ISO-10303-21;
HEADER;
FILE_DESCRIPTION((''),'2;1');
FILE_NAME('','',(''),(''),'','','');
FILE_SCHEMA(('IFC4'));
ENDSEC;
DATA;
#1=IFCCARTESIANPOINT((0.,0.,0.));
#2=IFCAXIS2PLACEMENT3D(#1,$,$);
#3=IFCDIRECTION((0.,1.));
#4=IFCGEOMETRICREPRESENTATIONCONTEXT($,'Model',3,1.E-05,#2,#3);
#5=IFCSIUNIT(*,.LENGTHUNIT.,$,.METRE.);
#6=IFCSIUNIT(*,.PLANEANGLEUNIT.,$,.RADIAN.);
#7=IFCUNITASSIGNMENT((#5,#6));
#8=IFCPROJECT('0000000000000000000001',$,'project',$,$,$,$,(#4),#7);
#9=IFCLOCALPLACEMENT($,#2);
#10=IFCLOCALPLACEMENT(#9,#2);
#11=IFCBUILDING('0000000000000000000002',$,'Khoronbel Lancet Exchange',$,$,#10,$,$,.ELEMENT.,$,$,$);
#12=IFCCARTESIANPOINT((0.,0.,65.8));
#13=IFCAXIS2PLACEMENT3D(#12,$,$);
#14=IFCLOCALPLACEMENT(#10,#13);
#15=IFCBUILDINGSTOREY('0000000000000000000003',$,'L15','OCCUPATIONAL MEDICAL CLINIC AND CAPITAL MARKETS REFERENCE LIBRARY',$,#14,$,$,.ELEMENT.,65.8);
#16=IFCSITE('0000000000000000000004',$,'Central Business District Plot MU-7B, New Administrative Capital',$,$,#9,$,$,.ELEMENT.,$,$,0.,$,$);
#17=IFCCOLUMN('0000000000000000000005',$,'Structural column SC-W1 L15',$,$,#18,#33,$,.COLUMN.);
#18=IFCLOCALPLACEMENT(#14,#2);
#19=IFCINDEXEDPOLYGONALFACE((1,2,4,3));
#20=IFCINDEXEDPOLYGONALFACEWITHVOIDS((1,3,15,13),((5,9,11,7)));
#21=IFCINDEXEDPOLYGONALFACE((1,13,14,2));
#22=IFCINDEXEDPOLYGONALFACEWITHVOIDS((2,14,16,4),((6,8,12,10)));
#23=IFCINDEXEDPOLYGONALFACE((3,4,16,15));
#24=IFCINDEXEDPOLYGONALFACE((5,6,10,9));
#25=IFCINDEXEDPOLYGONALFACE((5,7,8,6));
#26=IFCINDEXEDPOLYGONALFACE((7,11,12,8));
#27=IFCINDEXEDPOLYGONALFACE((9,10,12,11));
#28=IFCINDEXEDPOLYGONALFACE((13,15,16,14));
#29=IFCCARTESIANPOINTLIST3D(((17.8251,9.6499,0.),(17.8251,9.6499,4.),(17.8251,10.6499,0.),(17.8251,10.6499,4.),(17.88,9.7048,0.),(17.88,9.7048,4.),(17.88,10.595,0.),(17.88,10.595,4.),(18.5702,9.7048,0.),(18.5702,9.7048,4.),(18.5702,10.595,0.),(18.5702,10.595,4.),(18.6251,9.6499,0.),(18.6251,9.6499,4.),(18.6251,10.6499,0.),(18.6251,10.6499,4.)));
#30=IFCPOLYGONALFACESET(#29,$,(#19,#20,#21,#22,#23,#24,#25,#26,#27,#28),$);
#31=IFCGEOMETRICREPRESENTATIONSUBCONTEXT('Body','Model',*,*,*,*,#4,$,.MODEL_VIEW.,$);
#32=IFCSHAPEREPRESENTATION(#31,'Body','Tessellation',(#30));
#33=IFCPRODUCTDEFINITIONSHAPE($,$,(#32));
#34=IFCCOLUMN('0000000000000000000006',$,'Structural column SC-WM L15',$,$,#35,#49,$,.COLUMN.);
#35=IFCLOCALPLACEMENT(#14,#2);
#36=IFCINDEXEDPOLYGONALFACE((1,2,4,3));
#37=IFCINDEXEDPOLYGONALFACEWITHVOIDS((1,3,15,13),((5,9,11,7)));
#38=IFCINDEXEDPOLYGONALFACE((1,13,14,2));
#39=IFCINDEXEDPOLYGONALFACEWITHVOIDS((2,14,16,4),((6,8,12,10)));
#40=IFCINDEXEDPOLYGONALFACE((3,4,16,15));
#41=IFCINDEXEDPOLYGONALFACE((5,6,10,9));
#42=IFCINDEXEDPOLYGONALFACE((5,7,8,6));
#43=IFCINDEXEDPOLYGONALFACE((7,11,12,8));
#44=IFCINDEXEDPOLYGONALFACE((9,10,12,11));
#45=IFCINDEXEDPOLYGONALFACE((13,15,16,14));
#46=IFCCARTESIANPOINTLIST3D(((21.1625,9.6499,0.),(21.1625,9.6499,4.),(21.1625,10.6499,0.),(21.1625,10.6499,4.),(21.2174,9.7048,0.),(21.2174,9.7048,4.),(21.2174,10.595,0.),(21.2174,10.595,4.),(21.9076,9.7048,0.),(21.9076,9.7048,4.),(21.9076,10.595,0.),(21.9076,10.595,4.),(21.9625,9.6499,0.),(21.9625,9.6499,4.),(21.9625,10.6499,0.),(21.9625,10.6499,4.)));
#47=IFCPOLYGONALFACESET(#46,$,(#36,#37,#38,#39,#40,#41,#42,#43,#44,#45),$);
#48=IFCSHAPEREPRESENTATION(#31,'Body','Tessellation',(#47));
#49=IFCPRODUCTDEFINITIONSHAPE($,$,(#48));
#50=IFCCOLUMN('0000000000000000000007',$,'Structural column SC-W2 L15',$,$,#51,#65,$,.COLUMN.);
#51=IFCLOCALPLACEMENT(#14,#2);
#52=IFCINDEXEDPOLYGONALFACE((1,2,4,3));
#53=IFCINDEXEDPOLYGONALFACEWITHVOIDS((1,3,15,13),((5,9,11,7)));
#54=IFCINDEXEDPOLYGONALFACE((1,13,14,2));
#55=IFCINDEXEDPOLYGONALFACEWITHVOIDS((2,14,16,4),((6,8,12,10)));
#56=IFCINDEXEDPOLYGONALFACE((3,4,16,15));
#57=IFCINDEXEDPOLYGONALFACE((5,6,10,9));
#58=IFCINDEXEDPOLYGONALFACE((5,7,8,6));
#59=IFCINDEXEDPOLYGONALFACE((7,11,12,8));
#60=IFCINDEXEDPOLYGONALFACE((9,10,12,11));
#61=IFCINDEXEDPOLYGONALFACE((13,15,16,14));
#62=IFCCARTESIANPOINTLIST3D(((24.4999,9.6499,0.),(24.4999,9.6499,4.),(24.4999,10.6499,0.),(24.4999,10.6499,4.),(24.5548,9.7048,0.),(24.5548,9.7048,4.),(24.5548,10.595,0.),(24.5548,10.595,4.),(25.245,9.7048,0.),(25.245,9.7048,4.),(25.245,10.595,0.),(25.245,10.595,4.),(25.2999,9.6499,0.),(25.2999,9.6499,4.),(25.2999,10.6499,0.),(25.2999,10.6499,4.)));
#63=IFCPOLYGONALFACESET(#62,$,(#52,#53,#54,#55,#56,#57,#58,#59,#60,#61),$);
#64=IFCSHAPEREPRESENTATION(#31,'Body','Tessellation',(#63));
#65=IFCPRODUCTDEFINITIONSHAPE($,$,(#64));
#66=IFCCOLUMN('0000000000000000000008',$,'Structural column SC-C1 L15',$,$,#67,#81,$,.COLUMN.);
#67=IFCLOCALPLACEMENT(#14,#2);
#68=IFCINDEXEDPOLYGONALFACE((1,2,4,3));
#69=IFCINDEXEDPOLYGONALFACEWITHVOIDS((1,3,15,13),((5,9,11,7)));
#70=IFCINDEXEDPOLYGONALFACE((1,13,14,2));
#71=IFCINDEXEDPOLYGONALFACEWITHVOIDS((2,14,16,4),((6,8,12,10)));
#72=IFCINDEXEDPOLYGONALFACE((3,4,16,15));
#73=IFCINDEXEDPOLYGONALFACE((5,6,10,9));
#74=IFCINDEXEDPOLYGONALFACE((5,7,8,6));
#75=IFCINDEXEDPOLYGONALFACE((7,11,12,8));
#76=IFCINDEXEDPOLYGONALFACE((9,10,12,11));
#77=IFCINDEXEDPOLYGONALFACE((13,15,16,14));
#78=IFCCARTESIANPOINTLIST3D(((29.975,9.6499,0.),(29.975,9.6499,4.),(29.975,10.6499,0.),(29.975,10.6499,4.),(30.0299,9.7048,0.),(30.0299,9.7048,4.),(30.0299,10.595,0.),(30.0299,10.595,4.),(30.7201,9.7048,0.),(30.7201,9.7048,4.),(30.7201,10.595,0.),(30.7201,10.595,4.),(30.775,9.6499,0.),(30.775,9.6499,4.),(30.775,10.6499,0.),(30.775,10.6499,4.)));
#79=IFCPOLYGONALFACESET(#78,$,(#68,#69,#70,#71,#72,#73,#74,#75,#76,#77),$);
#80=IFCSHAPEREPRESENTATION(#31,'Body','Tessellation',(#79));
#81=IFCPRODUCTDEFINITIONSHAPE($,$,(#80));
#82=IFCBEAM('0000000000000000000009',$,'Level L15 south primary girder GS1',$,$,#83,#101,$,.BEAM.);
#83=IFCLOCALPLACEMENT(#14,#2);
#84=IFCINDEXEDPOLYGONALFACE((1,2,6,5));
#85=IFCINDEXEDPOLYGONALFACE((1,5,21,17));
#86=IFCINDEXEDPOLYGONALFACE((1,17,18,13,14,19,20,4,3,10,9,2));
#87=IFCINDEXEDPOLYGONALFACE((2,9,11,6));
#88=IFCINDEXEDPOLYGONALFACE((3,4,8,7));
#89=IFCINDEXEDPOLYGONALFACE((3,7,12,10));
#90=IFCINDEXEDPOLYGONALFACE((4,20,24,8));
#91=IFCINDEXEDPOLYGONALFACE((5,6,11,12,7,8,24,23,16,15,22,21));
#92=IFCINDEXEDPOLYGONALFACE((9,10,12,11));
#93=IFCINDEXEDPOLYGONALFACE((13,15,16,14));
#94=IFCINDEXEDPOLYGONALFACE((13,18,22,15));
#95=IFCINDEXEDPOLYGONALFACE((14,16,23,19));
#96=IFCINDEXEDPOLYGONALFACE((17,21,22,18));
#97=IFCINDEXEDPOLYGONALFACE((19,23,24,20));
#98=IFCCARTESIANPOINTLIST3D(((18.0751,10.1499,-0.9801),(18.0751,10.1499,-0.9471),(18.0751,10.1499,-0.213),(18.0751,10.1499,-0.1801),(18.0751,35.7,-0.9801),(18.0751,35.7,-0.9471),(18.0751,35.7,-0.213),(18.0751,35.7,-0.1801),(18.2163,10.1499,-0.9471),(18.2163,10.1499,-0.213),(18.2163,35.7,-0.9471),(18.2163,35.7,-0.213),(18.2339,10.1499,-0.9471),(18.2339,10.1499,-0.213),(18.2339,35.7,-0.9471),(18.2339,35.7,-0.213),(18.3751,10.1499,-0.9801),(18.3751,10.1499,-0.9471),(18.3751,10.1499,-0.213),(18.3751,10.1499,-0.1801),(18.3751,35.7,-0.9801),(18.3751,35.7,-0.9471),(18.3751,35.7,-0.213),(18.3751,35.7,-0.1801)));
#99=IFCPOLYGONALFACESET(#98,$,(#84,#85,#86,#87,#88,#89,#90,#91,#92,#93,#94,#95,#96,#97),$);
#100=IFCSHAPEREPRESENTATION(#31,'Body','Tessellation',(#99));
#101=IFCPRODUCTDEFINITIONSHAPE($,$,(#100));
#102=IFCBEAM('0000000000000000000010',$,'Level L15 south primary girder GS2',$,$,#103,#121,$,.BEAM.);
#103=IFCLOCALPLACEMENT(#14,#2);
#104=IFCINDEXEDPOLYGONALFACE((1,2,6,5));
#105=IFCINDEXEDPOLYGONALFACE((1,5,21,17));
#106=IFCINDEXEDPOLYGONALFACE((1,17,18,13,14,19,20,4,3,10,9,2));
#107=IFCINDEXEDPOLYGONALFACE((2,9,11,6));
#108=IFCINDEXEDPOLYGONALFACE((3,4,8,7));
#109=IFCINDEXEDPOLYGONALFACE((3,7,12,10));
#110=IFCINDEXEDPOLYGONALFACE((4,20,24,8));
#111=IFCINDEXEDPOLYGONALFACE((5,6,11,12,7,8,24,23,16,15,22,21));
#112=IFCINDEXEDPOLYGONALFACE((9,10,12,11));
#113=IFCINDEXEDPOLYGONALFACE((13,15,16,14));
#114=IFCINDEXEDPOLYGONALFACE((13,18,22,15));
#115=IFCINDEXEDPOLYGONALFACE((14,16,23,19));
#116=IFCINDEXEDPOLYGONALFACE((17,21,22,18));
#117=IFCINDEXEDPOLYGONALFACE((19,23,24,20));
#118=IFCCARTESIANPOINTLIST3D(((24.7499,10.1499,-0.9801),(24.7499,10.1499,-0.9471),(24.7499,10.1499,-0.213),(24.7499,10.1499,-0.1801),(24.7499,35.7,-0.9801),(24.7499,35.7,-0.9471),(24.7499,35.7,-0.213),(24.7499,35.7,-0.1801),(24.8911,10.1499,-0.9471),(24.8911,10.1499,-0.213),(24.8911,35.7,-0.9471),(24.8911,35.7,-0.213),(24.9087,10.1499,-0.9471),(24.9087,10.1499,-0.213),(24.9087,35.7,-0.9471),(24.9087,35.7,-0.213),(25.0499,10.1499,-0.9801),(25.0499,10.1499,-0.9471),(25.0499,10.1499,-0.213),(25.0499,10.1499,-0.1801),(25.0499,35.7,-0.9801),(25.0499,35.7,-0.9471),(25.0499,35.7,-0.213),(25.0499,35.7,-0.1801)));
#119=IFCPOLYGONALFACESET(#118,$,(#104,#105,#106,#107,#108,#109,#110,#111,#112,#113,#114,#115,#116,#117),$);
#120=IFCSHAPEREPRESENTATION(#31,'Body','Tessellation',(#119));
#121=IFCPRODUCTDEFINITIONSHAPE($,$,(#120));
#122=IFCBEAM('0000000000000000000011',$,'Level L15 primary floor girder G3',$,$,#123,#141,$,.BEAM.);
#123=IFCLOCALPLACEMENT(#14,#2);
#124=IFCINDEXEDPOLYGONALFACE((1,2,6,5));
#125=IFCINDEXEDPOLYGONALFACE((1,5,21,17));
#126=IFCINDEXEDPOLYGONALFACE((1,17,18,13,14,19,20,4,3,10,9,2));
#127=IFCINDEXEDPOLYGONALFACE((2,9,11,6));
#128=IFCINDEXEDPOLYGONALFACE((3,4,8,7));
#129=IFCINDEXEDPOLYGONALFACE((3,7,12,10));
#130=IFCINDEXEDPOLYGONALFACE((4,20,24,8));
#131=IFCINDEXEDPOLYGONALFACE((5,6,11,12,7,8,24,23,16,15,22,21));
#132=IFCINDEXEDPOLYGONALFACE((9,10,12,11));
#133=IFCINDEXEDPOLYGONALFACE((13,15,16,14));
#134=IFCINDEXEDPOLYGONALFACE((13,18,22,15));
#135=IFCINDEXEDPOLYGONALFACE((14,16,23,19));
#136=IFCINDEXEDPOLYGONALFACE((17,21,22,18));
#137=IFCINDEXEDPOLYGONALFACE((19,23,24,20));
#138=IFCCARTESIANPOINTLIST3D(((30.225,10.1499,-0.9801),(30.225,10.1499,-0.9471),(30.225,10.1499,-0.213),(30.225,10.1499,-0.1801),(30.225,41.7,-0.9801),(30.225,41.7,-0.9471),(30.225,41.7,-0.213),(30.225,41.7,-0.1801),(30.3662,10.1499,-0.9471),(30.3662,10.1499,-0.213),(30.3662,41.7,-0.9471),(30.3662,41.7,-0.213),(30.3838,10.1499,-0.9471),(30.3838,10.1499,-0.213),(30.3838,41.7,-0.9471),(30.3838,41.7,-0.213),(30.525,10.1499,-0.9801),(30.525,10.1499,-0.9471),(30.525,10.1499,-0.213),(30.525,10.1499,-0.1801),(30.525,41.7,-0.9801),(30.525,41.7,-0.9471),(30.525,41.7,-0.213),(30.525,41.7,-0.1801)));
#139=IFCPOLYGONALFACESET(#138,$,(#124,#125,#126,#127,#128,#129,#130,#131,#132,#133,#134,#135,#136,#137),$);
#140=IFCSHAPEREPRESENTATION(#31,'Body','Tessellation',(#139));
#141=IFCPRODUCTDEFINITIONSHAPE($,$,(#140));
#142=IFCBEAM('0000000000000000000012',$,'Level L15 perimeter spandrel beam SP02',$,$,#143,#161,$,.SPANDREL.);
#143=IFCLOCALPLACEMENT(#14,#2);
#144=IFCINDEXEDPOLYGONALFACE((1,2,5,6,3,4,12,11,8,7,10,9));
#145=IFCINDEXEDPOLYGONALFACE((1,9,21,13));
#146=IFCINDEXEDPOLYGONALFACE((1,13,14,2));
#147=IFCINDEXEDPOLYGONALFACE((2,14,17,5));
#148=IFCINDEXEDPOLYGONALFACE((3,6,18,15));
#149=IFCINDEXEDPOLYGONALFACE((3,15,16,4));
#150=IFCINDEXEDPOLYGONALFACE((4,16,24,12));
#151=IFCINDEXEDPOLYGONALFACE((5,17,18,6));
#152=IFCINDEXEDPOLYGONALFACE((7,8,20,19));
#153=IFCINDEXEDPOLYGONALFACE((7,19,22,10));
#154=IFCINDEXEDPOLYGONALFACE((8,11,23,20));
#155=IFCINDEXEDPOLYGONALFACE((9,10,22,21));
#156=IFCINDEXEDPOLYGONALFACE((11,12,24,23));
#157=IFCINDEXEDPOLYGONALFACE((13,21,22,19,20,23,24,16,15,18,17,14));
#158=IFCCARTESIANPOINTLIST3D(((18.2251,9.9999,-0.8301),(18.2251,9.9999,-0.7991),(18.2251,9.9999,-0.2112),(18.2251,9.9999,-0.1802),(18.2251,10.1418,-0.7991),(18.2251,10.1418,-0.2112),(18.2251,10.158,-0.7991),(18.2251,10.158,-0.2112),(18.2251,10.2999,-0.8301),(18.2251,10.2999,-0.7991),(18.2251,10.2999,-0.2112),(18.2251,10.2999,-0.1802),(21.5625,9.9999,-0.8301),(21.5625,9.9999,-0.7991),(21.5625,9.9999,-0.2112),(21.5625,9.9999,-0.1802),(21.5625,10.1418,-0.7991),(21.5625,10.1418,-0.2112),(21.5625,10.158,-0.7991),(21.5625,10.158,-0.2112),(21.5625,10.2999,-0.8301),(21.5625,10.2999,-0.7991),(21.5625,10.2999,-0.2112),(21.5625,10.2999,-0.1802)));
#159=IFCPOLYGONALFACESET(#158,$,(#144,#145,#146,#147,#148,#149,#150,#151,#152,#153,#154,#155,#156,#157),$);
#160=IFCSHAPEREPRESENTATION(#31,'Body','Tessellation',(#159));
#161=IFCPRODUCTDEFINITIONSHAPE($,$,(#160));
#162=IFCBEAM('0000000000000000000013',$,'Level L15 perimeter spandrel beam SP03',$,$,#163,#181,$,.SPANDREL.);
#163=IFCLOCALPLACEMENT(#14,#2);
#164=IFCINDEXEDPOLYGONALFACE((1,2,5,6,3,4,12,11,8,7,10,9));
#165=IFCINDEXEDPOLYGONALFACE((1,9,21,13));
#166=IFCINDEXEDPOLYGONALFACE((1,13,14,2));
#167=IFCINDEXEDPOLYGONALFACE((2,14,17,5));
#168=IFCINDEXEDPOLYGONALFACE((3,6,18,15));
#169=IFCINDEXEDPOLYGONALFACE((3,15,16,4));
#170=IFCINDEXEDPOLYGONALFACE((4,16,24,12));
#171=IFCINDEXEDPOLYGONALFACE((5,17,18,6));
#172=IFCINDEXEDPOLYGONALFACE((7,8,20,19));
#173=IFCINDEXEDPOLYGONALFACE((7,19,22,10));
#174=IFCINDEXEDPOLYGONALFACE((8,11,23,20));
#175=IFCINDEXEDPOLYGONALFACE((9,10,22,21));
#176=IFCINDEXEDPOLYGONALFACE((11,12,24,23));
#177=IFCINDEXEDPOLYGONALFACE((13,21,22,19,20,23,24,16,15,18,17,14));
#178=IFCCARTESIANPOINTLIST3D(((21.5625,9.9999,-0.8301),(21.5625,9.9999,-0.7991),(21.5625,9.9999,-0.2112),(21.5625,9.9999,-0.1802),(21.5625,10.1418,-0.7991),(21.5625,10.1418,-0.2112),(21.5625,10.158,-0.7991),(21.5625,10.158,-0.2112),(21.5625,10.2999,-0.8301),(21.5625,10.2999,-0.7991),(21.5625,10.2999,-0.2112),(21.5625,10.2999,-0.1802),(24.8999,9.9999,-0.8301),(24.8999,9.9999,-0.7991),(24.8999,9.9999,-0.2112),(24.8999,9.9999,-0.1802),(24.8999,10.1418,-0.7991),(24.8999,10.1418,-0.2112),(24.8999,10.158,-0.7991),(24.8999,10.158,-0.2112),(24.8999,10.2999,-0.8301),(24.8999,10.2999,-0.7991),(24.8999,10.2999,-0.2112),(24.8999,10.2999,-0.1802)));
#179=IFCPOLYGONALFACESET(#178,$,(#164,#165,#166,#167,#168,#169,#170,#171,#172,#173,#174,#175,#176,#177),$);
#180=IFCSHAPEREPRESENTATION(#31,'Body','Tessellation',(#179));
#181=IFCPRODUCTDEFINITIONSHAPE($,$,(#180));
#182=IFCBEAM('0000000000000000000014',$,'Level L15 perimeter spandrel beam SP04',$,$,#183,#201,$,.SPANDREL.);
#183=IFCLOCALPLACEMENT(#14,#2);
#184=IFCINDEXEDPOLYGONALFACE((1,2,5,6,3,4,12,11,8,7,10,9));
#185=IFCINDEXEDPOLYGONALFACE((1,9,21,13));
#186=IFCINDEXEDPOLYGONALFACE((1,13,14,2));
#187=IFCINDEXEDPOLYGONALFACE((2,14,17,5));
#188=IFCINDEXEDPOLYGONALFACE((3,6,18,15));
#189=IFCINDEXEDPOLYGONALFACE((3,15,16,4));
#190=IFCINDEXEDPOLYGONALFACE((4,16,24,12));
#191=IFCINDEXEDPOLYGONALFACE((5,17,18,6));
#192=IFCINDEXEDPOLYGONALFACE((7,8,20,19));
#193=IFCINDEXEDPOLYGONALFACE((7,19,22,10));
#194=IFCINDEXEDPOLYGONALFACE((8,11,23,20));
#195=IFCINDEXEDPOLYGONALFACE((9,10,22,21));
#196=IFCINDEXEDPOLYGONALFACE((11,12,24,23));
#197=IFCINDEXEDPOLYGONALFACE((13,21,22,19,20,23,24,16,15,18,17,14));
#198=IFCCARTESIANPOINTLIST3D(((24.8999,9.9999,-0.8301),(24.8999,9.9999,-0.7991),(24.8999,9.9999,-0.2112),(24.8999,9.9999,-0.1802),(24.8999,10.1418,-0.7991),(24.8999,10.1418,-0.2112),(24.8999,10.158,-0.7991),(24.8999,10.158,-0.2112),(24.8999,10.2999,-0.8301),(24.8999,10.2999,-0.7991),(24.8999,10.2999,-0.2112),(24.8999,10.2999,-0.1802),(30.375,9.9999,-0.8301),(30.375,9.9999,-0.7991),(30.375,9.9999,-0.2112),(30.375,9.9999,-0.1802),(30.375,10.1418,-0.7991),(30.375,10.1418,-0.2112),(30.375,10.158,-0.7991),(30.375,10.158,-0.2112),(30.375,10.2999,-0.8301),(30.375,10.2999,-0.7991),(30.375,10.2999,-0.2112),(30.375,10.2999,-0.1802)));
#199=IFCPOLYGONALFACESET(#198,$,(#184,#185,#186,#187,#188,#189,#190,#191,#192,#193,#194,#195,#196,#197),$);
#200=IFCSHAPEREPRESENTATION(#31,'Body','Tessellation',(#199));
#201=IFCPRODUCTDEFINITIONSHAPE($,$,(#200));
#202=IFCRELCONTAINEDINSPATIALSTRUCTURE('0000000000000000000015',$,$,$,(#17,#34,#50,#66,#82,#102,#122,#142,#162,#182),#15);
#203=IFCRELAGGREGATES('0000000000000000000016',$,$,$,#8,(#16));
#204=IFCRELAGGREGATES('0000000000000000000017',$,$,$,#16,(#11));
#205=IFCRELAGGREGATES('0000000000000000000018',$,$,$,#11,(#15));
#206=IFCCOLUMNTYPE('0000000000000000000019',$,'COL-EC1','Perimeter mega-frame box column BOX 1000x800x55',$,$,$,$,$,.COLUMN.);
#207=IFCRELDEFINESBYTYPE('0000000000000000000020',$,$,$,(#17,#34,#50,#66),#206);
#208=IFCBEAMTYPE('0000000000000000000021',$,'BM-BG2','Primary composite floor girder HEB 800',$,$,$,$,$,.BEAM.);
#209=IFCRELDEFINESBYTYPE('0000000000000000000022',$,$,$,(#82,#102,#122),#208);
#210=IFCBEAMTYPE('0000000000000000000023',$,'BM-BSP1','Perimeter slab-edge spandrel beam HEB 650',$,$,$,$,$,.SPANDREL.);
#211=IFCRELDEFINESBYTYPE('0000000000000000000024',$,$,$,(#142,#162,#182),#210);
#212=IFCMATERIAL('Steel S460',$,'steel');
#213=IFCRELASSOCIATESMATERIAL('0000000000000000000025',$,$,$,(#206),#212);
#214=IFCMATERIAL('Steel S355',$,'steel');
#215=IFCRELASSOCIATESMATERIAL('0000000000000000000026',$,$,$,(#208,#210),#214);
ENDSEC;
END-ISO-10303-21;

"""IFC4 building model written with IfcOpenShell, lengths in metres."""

from ifc_helpers import new_model, si_unit, direction, frame, origin, origin_2d, place, context, subcontext, project, spatial, hollow_rectangle, i_section, extrude, material, material_profile, profile_set, type_object, element, save


model = new_model("IFC4")

# Units and contexts
model_context = context("Model", 3, precision=1e-05, world=origin(), true_north=direction((0.0, 1.0)))
body_context = subcontext(model_context, "Body", "Model", "MODEL_VIEW")
ifc_project = project(units=[si_unit("LENGTHUNIT", "METRE"), si_unit("PLANEANGLEUNIT", "RADIAN")], contexts=[model_context])

# Site, building, storey
site_placement = place(None, origin())
site = spatial("IfcSite", under=ifc_project, at=site_placement, Name="Central Business District Plot MU-7B, New Administrative Capital", CompositionType="ELEMENT", RefElevation=0.0)
building_placement = place(site_placement, origin())
building = spatial("IfcBuilding", under=site, at=building_placement, Name="Khoronbel Lancet Exchange", CompositionType="ELEMENT")
storey_placement = place(building_placement, frame((0.0, 0.0, 65.8)))
storey = spatial("IfcBuildingStorey", under=building, at=storey_placement, Name="L15", Description="OCCUPATIONAL MEDICAL CLINIC AND CAPITAL MARKETS REFERENCE LIBRARY", CompositionType="ELEMENT", Elevation=65.8)

# Columns
ifc_material_1 = material(Name="Steel S460", Category="steel")
ifc_material_profile_1 = material_profile(ifc_material_1, hollow_rectangle(XDim=0.8, YDim=1.0, WallThickness=0.0549, at=origin_2d()), Name="BOX 1000x800x55")
ifc_profile_set_1 = profile_set([ifc_material_profile_1], Name="Steel S460")
column_type = type_object("IfcColumnType", Name="COL-EC1", Description="Perimeter mega-frame box column BOX 1000x800x55", PredefinedType="COLUMN", material=ifc_profile_set_1)
for number, where, z_axis, x_axis, name in (
    (1, (18.2251, 10.1499, 0.0), (0.0, 0.0, 1.0), (1.0, 0.0, 0.0), "Structural column SC-W1 L15"),
    (2, (21.5625, 10.1499, 0.0), (0.0, 0.0, 1.0), (1.0, 0.0, 0.0), "Structural column SC-WM L15"),
    (3, (24.8999, 10.1499, 0.0), (0.0, 0.0, 1.0), (1.0, 0.0, 0.0), "Structural column SC-W2 L15"),
    (4, (30.375, 10.1499, 0.0), (0.0, 0.0, 1.0), (1.0, 0.0, 0.0), "Structural column SC-C1 L15"),
):
    element("IfcColumn", number, at=place(storey_placement, frame(where, z_axis=z_axis, x_axis=x_axis)), inside=storey, type_object=column_type, Name=name, PredefinedType="COLUMN", context=body_context, shape_type="SweptSolid", body=[
        extrude(hollow_rectangle(XDim=0.8, YDim=1.0, WallThickness=0.0549, at=origin_2d()), origin(), (0.0, 0.0, 1.0), 4.0),
    ])

# Beams
ifc_material_2 = material(Name="Steel S355", Category="steel")
ifc_material_profile_2 = material_profile(ifc_material_2, i_section(OverallWidth=0.3, OverallDepth=0.8, WebThickness=0.0176, FlangeThickness=0.033, at=origin_2d()), Name="HEB 800")
ifc_profile_set_2 = profile_set([ifc_material_profile_2], Name="Steel S355")
beam_type_1 = type_object("IfcBeamType", Name="BM-BG2", Description="Primary composite floor girder HEB 800", PredefinedType="BEAM", material=ifc_profile_set_2)
for number, where, z_axis, x_axis, name in (
    (5, (18.2251, 10.1499, -0.5801), (0.0, 1.0, 0.0), (-1.0, 0.0, 0.0), "Level L15 south primary girder GS1"),
    (6, (24.8999, 10.1499, -0.5801), (0.0, 1.0, 0.0), (-1.0, 0.0, 0.0), "Level L15 south primary girder GS2"),
):
    element("IfcBeam", number, at=place(storey_placement, frame(where, z_axis=z_axis, x_axis=x_axis)), inside=storey, type_object=beam_type_1, Name=name, PredefinedType="BEAM", context=body_context, shape_type="SweptSolid", body=[
        extrude(i_section(OverallWidth=0.3, OverallDepth=0.8, WebThickness=0.0176, FlangeThickness=0.033, at=origin_2d()), origin(), (0.0, 0.0, 1.0), 25.55),
    ])
beam_1_placement = place(storey_placement, frame((30.375, 10.1499, -0.5801), z_axis=(0.0, 1.0, 0.0), x_axis=(-1.0, 0.0, 0.0)))
element("IfcBeam", 7, at=beam_1_placement, inside=storey, type_object=beam_type_1, Name="Level L15 primary floor girder G3", PredefinedType="BEAM", context=body_context, shape_type="SweptSolid", body=[
    extrude(i_section(OverallWidth=0.3, OverallDepth=0.8, WebThickness=0.0176, FlangeThickness=0.033, at=origin_2d()), origin(), (0.0, 0.0, 1.0), 31.55),
])
ifc_material_profile_3 = material_profile(ifc_material_2, i_section(OverallWidth=0.3, OverallDepth=0.6499, WebThickness=0.0161, FlangeThickness=0.031, at=origin_2d()), Name="HEB 650")
ifc_profile_set_3 = profile_set([ifc_material_profile_3], Name="Steel S355")
beam_type_2 = type_object("IfcBeamType", Name="BM-BSP1", Description="Perimeter slab-edge spandrel beam HEB 650", PredefinedType="SPANDREL", material=ifc_profile_set_3)
for number, where, z_axis, x_axis, name in (
    (8, (18.2251, 10.1499, -0.5051), (1.0, 0.0, 0.0), (0.0, 1.0, 0.0), "Level L15 perimeter spandrel beam SP02"),
    (9, (21.5625, 10.1499, -0.5051), (1.0, 0.0, 0.0), (0.0, 1.0, 0.0), "Level L15 perimeter spandrel beam SP03"),
):
    element("IfcBeam", number, at=place(storey_placement, frame(where, z_axis=z_axis, x_axis=x_axis)), inside=storey, type_object=beam_type_2, Name=name, PredefinedType="SPANDREL", context=body_context, shape_type="SweptSolid", body=[
        extrude(i_section(OverallWidth=0.3, OverallDepth=0.6499, WebThickness=0.0161, FlangeThickness=0.031, at=origin_2d()), origin(), (0.0, 0.0, 1.0), 3.3374),
    ])
beam_2_placement = place(storey_placement, frame((24.8999, 10.1499, -0.5051), z_axis=(1.0, 0.0, 0.0), x_axis=(0.0, 1.0, 0.0)))
element("IfcBeam", 10, at=beam_2_placement, inside=storey, type_object=beam_type_2, Name="Level L15 perimeter spandrel beam SP04", PredefinedType="SPANDREL", context=body_context, shape_type="SweptSolid", body=[
    extrude(i_section(OverallWidth=0.3, OverallDepth=0.6499, WebThickness=0.0161, FlangeThickness=0.031, at=origin_2d()), origin(), (0.0, 0.0, 1.0), 5.4751),
])

save(model, "model.ifc")
